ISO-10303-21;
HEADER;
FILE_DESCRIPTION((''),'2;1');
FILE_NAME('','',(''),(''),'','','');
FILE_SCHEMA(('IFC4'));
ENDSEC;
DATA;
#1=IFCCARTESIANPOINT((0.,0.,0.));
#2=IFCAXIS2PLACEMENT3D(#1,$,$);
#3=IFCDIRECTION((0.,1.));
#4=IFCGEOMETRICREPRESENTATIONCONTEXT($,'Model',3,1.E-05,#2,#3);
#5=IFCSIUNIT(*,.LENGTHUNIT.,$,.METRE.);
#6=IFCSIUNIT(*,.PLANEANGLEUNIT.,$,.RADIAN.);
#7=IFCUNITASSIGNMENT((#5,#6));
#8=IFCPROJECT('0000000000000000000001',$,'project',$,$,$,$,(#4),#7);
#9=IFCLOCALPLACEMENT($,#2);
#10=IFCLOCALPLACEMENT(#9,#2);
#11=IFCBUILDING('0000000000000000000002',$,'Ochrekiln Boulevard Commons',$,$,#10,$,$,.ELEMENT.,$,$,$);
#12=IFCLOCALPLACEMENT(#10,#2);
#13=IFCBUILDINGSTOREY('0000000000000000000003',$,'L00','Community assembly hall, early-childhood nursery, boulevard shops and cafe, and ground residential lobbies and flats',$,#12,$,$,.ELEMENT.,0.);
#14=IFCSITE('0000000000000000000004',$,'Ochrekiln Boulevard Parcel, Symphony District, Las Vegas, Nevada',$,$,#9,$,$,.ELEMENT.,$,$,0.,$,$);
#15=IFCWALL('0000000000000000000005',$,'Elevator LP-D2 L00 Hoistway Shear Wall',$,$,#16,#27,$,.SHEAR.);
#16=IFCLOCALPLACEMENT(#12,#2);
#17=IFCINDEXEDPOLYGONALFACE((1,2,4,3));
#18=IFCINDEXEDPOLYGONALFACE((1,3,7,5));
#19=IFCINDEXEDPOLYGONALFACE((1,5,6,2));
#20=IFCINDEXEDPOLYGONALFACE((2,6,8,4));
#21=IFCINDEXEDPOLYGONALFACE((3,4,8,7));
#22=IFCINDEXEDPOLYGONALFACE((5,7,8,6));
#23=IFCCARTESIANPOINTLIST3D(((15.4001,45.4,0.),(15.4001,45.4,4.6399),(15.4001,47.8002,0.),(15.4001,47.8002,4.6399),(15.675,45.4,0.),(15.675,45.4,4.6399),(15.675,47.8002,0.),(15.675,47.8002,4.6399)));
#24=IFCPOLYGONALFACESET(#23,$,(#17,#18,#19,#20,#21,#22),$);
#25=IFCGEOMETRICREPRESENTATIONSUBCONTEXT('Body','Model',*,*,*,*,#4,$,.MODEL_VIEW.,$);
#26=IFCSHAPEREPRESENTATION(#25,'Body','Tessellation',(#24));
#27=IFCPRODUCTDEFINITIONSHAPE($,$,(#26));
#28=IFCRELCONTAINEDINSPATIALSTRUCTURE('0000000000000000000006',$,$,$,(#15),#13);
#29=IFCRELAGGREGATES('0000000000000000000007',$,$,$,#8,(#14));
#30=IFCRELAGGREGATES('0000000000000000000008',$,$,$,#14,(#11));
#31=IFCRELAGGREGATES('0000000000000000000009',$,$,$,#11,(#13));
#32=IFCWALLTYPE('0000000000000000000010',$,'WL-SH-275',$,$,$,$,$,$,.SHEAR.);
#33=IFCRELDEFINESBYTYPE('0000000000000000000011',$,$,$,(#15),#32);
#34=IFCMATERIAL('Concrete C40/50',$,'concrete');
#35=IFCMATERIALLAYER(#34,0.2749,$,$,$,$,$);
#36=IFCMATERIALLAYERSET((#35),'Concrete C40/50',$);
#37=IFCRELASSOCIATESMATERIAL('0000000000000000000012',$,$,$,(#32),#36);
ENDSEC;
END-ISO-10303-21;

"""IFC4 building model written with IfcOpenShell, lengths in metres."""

from ifc_helpers import new_model, si_unit, direction, frame, frame_2d, origin, place, context, subcontext, project, spatial, rectangle, extrude, material, layer, layer_set, type_object, element, save


model = new_model("IFC4")

# Units and contexts
model_context = context("Model", 3, precision=1e-05, world=origin(), true_north=direction((0.0, 1.0)))
body_context = subcontext(model_context, "Body", "Model", "MODEL_VIEW")
ifc_project = project(units=[si_unit("LENGTHUNIT", "METRE"), si_unit("PLANEANGLEUNIT", "RADIAN")], contexts=[model_context])

# Site, building, storey
site_placement = place(None, origin())
site = spatial("IfcSite", under=ifc_project, at=site_placement, Name="Ochrekiln Boulevard Parcel, Symphony District, Las Vegas, Nevada", CompositionType="ELEMENT", RefElevation=0.0)
building_placement = place(site_placement, origin())
building = spatial("IfcBuilding", under=site, at=building_placement, Name="Ochrekiln Boulevard Commons", CompositionType="ELEMENT")
storey_placement = place(building_placement, origin())
storey = spatial("IfcBuildingStorey", under=building, at=storey_placement, Name="L00", Description="Community assembly hall, early-childhood nursery, boulevard shops and cafe, and ground residential lobbies and flats", CompositionType="ELEMENT", Elevation=0.0)

# Shared definitions
ifc_material_1 = material(Name="Concrete C40/50", Category="concrete")

# Wall
ifc_layer_1 = layer(ifc_material_1, 0.2749)
ifc_layer_set_1 = layer_set([ifc_layer_1], Name="Concrete C40/50")
wall_type_1 = type_object("IfcWallType", Name="WL-SH-275", PredefinedType="SHEAR", material=ifc_layer_set_1)
wall_1_placement = place(storey_placement, frame((15.5376, 45.3999, 0.0), z_axis=(0.0, 0.0, 1.0), x_axis=(0.0, 1.0, 0.0)))
element("IfcWall", 1, at=wall_1_placement, inside=storey, type_object=wall_type_1, Name="Elevator LP-D2 L00 Hoistway Shear Wall", PredefinedType="SHEAR", context=body_context, shape_type="SweptSolid", body=[
    extrude(rectangle(XDim=2.4001, YDim=0.2749, at=frame_2d((1.2002, 0.0))), origin(), (0.0, 0.0, 1.0), 4.6399),
])

save(model, "model.ifc")
